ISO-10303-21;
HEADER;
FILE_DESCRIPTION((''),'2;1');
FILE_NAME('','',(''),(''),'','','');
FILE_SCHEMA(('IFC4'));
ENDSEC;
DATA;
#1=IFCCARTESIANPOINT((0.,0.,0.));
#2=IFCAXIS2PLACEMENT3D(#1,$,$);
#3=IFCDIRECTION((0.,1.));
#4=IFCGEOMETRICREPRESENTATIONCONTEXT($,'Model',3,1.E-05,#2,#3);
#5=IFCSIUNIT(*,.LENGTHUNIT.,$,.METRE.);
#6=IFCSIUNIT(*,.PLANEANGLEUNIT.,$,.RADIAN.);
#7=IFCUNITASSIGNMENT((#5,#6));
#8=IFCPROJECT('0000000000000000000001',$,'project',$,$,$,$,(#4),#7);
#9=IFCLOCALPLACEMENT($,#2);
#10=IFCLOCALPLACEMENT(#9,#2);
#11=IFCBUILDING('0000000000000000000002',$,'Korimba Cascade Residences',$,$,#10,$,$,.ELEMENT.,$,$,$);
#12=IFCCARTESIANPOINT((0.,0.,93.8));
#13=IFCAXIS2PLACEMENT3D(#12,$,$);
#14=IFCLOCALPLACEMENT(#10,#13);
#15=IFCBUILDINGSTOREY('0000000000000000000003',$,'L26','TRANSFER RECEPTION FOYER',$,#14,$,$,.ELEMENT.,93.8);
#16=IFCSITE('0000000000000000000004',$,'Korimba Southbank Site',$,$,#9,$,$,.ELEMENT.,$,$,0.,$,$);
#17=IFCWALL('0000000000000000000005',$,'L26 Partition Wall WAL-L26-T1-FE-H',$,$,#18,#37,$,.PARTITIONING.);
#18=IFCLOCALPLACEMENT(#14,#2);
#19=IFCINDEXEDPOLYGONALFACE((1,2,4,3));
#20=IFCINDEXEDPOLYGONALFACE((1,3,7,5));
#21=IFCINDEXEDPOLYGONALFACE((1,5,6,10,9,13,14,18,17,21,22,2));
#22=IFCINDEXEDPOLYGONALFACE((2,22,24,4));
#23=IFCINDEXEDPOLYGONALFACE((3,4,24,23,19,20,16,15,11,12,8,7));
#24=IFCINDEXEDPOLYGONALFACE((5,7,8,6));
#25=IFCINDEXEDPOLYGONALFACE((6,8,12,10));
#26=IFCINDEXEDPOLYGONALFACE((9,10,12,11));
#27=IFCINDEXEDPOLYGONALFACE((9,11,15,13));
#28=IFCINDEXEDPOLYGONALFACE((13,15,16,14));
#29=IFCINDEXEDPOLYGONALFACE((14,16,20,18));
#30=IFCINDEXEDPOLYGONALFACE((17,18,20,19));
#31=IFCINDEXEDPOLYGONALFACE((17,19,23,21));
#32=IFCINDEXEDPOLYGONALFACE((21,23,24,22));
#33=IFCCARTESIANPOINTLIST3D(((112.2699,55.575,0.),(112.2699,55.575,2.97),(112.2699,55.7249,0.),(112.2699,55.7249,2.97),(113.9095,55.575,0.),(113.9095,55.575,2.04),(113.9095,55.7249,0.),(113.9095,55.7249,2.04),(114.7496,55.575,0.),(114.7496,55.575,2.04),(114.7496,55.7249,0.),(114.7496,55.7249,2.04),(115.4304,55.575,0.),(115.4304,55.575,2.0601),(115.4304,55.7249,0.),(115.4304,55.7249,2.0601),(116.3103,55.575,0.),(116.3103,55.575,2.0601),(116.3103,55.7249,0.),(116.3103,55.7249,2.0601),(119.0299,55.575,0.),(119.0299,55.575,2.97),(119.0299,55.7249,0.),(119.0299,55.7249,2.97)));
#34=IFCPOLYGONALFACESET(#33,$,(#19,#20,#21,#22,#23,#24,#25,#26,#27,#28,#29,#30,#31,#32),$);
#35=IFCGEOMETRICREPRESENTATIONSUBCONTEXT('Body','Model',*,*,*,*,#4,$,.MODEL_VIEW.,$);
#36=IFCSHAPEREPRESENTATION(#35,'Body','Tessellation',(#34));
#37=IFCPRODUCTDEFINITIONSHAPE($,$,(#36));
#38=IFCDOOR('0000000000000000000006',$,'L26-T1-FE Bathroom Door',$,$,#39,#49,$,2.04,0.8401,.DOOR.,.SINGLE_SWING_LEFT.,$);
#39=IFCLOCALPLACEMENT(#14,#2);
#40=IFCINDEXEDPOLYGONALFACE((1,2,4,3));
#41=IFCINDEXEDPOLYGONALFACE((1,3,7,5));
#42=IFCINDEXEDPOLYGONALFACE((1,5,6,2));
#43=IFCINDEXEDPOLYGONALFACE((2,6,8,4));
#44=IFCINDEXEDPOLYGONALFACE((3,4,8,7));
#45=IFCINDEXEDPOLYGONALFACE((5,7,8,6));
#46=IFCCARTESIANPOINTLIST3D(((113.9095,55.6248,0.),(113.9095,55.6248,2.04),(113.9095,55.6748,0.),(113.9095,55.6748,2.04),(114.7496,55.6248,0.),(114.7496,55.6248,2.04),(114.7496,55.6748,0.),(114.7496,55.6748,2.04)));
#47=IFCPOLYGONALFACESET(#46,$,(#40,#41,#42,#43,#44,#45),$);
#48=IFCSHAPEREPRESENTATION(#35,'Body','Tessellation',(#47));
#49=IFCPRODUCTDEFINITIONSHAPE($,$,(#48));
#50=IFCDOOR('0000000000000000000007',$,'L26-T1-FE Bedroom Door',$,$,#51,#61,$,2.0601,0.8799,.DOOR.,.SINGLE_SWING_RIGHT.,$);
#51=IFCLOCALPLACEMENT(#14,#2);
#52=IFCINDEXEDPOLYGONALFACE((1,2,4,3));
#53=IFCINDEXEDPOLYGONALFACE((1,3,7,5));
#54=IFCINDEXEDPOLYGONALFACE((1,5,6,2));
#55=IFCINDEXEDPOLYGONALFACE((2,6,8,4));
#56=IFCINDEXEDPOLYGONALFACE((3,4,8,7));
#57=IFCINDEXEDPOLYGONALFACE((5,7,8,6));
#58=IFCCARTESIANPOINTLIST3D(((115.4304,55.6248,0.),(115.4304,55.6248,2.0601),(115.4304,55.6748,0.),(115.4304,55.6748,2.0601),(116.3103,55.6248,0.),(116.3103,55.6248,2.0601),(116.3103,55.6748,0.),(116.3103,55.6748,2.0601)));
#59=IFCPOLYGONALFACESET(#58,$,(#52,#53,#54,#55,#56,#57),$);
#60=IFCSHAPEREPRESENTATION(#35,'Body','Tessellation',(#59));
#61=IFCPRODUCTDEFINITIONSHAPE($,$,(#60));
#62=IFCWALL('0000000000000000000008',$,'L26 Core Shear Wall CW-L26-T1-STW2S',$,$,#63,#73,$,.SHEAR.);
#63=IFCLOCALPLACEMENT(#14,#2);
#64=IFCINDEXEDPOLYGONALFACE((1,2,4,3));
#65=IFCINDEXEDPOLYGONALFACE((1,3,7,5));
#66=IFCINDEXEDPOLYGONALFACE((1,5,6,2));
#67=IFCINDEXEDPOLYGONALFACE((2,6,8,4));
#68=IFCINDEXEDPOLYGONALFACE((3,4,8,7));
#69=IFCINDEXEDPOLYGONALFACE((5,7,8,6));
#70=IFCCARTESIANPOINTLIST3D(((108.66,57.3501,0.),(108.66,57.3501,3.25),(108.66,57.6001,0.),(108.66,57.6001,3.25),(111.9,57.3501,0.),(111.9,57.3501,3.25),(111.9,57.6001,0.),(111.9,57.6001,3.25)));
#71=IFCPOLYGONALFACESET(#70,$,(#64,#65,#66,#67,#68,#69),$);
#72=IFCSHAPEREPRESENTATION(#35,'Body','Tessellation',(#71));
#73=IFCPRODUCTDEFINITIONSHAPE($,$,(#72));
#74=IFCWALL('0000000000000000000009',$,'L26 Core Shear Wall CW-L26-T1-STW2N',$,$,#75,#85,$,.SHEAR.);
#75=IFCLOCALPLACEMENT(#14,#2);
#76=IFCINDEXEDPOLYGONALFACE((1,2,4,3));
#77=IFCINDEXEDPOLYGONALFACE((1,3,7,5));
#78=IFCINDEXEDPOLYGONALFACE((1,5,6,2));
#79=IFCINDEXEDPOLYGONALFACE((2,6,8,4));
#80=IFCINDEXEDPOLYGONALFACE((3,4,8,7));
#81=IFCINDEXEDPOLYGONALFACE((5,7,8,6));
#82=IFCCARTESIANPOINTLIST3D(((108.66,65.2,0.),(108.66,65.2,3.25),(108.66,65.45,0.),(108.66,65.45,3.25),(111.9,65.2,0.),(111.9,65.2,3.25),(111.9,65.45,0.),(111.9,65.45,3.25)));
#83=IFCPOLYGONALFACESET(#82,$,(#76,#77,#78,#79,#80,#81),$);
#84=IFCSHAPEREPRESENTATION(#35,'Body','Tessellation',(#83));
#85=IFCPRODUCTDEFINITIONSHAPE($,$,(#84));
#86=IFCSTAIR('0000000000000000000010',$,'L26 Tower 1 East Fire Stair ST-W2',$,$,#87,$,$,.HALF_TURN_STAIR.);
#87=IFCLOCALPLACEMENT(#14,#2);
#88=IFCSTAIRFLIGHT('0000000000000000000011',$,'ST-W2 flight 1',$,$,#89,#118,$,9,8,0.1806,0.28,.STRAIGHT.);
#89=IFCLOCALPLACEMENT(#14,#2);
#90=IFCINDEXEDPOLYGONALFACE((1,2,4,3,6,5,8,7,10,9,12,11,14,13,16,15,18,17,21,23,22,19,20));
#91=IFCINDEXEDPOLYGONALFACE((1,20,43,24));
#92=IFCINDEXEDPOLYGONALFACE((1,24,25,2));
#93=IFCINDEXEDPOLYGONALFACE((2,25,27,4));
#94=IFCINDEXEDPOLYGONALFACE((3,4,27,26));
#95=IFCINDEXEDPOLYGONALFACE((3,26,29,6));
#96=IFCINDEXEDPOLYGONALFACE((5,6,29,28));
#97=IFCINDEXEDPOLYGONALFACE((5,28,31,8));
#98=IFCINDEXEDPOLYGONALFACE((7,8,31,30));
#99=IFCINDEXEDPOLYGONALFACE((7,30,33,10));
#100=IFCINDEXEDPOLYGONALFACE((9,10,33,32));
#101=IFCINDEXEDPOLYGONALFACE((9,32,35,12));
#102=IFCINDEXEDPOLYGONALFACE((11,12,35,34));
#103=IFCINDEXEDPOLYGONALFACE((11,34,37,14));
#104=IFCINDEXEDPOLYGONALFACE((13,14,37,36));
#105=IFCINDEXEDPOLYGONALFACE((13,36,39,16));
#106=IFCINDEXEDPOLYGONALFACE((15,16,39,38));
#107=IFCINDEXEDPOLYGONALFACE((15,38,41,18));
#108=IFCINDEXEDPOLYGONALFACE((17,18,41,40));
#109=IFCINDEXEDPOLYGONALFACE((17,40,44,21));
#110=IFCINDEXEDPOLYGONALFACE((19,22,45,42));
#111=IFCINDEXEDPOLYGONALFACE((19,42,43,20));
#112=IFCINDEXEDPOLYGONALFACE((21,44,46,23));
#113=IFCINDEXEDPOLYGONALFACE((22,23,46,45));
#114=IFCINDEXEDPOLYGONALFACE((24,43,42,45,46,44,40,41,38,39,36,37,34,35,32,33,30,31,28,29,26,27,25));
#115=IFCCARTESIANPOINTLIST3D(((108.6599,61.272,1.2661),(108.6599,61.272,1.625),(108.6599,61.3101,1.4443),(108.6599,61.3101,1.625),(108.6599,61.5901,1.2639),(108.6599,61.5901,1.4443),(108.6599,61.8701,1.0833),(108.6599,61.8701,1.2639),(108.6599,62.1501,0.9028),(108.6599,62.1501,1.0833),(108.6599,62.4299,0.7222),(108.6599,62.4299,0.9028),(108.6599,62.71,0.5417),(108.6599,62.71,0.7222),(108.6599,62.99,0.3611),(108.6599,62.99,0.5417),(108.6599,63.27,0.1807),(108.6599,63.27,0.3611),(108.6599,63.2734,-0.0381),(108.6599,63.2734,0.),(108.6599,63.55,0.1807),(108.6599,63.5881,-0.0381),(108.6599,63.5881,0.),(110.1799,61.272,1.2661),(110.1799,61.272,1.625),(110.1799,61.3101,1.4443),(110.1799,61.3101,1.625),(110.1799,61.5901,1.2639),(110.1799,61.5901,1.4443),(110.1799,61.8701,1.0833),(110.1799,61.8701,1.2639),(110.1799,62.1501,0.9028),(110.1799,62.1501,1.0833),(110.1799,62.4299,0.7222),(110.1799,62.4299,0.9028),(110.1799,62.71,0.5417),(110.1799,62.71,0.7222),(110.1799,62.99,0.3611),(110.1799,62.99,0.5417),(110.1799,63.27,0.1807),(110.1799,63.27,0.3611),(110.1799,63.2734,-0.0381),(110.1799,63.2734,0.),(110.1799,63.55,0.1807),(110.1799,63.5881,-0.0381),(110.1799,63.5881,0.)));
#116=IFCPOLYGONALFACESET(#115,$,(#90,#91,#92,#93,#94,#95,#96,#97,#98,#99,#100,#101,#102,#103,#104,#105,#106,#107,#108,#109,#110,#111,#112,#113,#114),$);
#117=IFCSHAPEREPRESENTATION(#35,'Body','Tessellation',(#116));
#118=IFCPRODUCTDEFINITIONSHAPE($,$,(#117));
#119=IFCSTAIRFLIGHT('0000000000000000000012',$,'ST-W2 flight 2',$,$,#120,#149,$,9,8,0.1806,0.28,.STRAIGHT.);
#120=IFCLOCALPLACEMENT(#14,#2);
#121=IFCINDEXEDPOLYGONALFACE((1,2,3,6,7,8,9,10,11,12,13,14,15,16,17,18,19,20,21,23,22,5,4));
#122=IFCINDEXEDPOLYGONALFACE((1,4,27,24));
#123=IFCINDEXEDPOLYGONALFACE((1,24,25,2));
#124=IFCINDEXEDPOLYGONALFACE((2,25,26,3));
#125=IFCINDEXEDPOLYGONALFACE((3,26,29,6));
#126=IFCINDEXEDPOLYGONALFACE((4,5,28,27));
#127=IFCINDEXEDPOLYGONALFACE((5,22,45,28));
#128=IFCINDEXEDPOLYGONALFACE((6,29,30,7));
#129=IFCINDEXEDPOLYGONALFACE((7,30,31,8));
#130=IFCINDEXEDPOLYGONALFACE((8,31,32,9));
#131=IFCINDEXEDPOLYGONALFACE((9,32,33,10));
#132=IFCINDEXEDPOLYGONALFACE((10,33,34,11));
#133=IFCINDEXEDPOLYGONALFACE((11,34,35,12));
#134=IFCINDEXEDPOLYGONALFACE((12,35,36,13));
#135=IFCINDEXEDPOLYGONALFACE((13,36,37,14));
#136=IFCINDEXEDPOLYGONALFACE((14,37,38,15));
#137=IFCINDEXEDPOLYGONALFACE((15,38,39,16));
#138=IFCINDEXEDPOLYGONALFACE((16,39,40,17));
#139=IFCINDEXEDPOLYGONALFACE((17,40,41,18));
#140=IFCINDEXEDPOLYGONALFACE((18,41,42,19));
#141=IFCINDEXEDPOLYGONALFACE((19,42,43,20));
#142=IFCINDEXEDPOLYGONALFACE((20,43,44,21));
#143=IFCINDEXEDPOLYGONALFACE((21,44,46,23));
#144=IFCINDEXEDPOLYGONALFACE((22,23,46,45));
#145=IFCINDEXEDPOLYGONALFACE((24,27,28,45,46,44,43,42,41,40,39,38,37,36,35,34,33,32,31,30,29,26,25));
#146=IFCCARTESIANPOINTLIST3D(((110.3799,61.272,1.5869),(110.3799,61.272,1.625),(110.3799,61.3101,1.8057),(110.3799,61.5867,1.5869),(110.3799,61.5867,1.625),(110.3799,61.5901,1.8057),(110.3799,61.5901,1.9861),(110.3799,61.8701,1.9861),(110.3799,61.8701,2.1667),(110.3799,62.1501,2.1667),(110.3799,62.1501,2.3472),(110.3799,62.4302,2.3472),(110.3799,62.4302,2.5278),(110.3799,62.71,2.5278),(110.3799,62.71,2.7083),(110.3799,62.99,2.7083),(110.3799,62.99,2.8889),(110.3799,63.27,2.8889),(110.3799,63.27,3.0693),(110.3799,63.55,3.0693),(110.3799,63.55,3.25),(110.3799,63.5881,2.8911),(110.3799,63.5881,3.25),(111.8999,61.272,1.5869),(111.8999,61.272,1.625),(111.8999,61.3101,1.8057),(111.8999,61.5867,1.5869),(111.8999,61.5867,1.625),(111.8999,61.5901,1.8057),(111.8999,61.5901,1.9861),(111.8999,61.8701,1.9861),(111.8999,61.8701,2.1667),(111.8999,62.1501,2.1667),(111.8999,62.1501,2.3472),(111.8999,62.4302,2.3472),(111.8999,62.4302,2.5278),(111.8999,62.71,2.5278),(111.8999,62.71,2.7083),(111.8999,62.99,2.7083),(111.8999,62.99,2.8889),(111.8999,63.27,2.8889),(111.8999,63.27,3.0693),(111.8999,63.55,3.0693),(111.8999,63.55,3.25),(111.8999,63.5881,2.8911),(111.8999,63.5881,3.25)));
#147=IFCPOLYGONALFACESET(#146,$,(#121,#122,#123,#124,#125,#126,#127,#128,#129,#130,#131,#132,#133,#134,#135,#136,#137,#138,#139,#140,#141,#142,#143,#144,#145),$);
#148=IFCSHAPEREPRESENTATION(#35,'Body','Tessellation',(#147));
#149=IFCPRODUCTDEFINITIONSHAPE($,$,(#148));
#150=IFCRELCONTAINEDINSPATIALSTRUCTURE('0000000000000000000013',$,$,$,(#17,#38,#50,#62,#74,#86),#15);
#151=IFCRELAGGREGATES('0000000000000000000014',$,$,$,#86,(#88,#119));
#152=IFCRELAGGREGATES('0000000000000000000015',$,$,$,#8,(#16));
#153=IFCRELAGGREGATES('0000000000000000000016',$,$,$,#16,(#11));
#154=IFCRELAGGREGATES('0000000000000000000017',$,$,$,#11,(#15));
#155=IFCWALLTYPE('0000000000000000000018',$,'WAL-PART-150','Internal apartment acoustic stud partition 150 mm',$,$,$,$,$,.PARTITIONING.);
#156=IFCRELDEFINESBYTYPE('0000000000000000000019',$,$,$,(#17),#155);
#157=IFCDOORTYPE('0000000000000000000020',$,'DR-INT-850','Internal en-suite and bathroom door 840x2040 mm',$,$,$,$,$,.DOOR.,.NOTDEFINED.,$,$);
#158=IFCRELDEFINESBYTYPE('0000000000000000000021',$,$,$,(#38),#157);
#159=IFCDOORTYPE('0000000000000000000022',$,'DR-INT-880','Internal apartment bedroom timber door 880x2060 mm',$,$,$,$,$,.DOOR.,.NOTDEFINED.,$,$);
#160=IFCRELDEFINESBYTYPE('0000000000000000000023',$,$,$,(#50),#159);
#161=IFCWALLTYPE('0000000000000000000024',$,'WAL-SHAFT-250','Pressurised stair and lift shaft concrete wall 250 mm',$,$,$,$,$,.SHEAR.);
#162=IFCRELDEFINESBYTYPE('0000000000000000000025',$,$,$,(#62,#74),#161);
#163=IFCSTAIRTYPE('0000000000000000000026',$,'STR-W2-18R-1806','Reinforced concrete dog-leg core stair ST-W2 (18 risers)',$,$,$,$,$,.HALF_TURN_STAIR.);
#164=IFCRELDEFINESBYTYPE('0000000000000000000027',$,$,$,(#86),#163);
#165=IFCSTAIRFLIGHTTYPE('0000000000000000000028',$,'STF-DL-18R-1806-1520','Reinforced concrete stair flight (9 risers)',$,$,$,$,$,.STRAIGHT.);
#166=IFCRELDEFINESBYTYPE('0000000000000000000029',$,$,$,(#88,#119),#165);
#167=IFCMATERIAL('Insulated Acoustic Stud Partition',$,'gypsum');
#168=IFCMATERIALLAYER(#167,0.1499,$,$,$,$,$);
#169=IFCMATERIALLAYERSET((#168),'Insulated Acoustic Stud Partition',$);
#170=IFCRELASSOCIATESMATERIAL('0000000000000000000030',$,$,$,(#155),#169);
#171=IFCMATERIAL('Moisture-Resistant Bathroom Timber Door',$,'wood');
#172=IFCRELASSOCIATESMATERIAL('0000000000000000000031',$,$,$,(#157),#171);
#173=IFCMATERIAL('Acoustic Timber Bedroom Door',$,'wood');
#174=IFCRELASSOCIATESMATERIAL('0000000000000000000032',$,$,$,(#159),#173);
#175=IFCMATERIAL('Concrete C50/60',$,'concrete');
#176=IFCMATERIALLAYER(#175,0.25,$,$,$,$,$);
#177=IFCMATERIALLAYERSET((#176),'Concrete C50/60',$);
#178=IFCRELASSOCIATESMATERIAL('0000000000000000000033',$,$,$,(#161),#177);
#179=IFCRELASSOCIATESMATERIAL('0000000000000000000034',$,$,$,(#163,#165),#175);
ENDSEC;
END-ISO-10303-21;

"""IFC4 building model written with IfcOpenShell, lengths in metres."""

from ifc_helpers import new_model, si_unit, direction, frame, frame_2d, origin, place, context, subcontext, project, spatial, polyline, rectangle, outline, extrude, material, layer, layer_set, type_object, element, fill, aggregate, save


model = new_model("IFC4")

# Units and contexts
model_context = context("Model", 3, precision=1e-05, world=origin(), true_north=direction((0.0, 1.0)))
body_context = subcontext(model_context, "Body", "Model", "MODEL_VIEW")
ifc_project = project(units=[si_unit("LENGTHUNIT", "METRE"), si_unit("PLANEANGLEUNIT", "RADIAN")], contexts=[model_context])

# Site, building, storey
site_placement = place(None, origin())
site = spatial("IfcSite", under=ifc_project, at=site_placement, Name="Korimba Southbank Site", CompositionType="ELEMENT", RefElevation=0.0)
building_placement = place(site_placement, origin())
building = spatial("IfcBuilding", under=site, at=building_placement, Name="Korimba Cascade Residences", CompositionType="ELEMENT")
storey_placement = place(building_placement, frame((0.0, 0.0, 93.8)))
storey = spatial("IfcBuildingStorey", under=building, at=storey_placement, Name="L26", Description="TRANSFER RECEPTION FOYER", CompositionType="ELEMENT", Elevation=93.8)

# Wall, openings, doors
ifc_material_1 = material(Name="Insulated Acoustic Stud Partition", Category="gypsum")
ifc_layer_1 = layer(ifc_material_1, 0.1499)
ifc_layer_set_1 = layer_set([ifc_layer_1], Name="Insulated Acoustic Stud Partition")
wall_type_1 = type_object("IfcWallType", Name="WAL-PART-150", Description="Internal apartment acoustic stud partition 150 mm", PredefinedType="PARTITIONING", material=ifc_layer_set_1)
wall_1_placement = place(storey_placement, frame((112.27, 55.6499, 0.0), z_axis=(0.0, 0.0, 1.0), x_axis=(1.0, 0.0, 0.0)))
wall_1 = element("IfcWall", 1, at=wall_1_placement, inside=storey, type_object=wall_type_1, Name="L26 Partition Wall WAL-L26-T1-FE-H", PredefinedType="PARTITIONING", context=body_context, shape_type="SweptSolid", body=[
    extrude(rectangle(XDim=6.76, YDim=0.1499, at=frame_2d((3.3799, 0.0))), origin(), (0.0, 0.0, 1.0), 2.97),
])
opening_1_placement = place(wall_1_placement, frame((1.6396, 0.0, 0.0)))
opening_1 = element("IfcOpeningElement", 2, at=opening_1_placement, cuts=wall_1, PredefinedType="OPENING", context=body_context, shape_type="SweptSolid", body=[
    extrude(rectangle(XDim=0.8401, YDim=2.04, at=frame_2d((0.4199, 1.02))), frame((0.0, 0.085, 0.0), z_axis=(0.0, -1.0, 0.0), x_axis=(1.0, 0.0, 0.0)), (0.0, 0.0, 1.0), 0.1699),
])
opening_2_placement = place(wall_1_placement, frame((3.1604, 0.0, 0.0)))
opening_2 = element("IfcOpeningElement", 3, at=opening_2_placement, cuts=wall_1, PredefinedType="OPENING", context=body_context, shape_type="SweptSolid", body=[
    extrude(rectangle(XDim=0.8799, YDim=2.0601, at=frame_2d((0.4399, 1.03))), frame((0.0, 0.085, 0.0), z_axis=(0.0, -1.0, 0.0), x_axis=(1.0, 0.0, 0.0)), (0.0, 0.0, 1.0), 0.1699),
])
ifc_material_2 = material(Name="Moisture-Resistant Bathroom Timber Door", Category="wood")
door_type_1 = type_object("IfcDoorType", Name="DR-INT-850", Description="Internal en-suite and bathroom door 840x2040 mm", OperationType="NOTDEFINED", PredefinedType="DOOR", material=ifc_material_2)
door_1_placement = place(opening_1_placement, origin())
door_1 = element("IfcDoor", 4, at=door_1_placement, inside=storey, type_object=door_type_1, Name="L26-T1-FE Bathroom Door", OperationType="SINGLE_SWING_LEFT", OverallHeight=2.04, OverallWidth=0.8401, PredefinedType="DOOR", context=body_context, shape_type="SweptSolid", body=[
    extrude(rectangle(XDim=0.8401, YDim=2.04, at=frame_2d((0.4199, 1.02))), frame((0.0, 0.0249, 0.0), z_axis=(0.0, -1.0, 0.0), x_axis=(1.0, 0.0, 0.0)), (0.0, 0.0, 1.0), 0.05),
])
fill(opening_1, door_1)
ifc_material_3 = material(Name="Acoustic Timber Bedroom Door", Category="wood")
door_type_2 = type_object("IfcDoorType", Name="DR-INT-880", Description="Internal apartment bedroom timber door 880x2060 mm", OperationType="NOTDEFINED", PredefinedType="DOOR", material=ifc_material_3)
door_2_placement = place(opening_2_placement, origin())
door_2 = element("IfcDoor", 5, at=door_2_placement, inside=storey, type_object=door_type_2, Name="L26-T1-FE Bedroom Door", OperationType="SINGLE_SWING_RIGHT", OverallHeight=2.0601, OverallWidth=0.8799, PredefinedType="DOOR", context=body_context, shape_type="SweptSolid", body=[
    extrude(rectangle(XDim=0.8799, YDim=2.0601, at=frame_2d((0.4399, 1.03))), frame((0.0, 0.0249, 0.0), z_axis=(0.0, -1.0, 0.0), x_axis=(1.0, 0.0, 0.0)), (0.0, 0.0, 1.0), 0.05),
])
fill(opening_2, door_2)

# Walls
ifc_material_4 = material(Name="Concrete C50/60", Category="concrete")
ifc_layer_2 = layer(ifc_material_4, 0.25)
ifc_layer_set_2 = layer_set([ifc_layer_2], Name="Concrete C50/60")
wall_type_2 = type_object("IfcWallType", Name="WAL-SHAFT-250", Description="Pressurised stair and lift shaft concrete wall 250 mm", PredefinedType="SHEAR", material=ifc_layer_set_2)
for number, where, z_axis, x_axis, name in (
    (6, (108.6599, 57.4751, 0.0), (0.0, 0.0, 1.0), (1.0, 0.0, 0.0), "L26 Core Shear Wall CW-L26-T1-STW2S"),
    (7, (108.6599, 65.325, 0.0), (0.0, 0.0, 1.0), (1.0, 0.0, 0.0), "L26 Core Shear Wall CW-L26-T1-STW2N"),
):
    element("IfcWall", number, at=place(storey_placement, frame(where, z_axis=z_axis, x_axis=x_axis)), inside=storey, type_object=wall_type_2, Name=name, PredefinedType="SHEAR", context=body_context, shape_type="SweptSolid", body=[
        extrude(rectangle(XDim=3.24, YDim=0.25, at=frame_2d((1.6201, 0.0))), origin(), (0.0, 0.0, 1.0), 3.25),
    ])

# Stair, stair flights
stair_type = type_object("IfcStairType", Name="STR-W2-18R-1806", Description="Reinforced concrete dog-leg core stair ST-W2 (18 risers)", PredefinedType="HALF_TURN_STAIR", material=ifc_material_4)
stair_placement = place(storey_placement, origin())
stair = element("IfcStair", 8, at=stair_placement, inside=storey, type_object=stair_type, Name="L26 Tower 1 East Fire Stair ST-W2", PredefinedType="HALF_TURN_STAIR")
stair_flight_type = type_object("IfcStairFlightType", Name="STF-DL-18R-1806-1520", Description="Reinforced concrete stair flight (9 risers)", PredefinedType="STRAIGHT", material=ifc_material_4)
stair_flight_1_placement = place(storey_placement, frame((109.4199, 63.55, 0.0), z_axis=(0.0, 0.0, 1.0), x_axis=(0.0, -1.0, 0.0)))
stair_flight_1 = element("IfcStairFlight", 9, at=stair_flight_1_placement, type_object=stair_flight_type, Name="ST-W2 flight 1", NumberOfRisers=9, NumberOfTreads=8, PredefinedType="STRAIGHT", RiserHeight=0.1806, TreadLength=0.28, context=body_context, shape_type="SweptSolid", body=[
    extrude(outline(polyline([(-0.0381, 0.0), (0.0, 0.1807), (0.28, 0.1807), (0.28, 0.3611), (0.5601, 0.3611), (0.5601, 0.5417), (0.8401, 0.5417), (0.8401, 0.7222), (1.1201, 0.7222), (1.1201, 0.9028), (1.3999, 0.9028), (1.3999, 1.0833), (1.6799, 1.0833), (1.6799, 1.2639), (1.96, 1.2639), (1.96, 1.4443), (2.24, 1.4443), (2.24, 1.625), (2.2781, 1.625), (2.2781, 1.2661), (0.2766, 0.0), (0.2766, -0.0381), (-0.0381, -0.0381), (-0.0381, 0.0)])), frame((0.0, 0.76, 0.0), z_axis=(0.0, -1.0, 0.0), x_axis=(1.0, 0.0, 0.0)), (0.0, 0.0, 1.0), 1.52),
])
stair_flight_2_placement = place(storey_placement, frame((111.1399, 61.3101, 1.625), z_axis=(0.0, 0.0, 1.0), x_axis=(0.0, 1.0, 0.0)))
stair_flight_2 = element("IfcStairFlight", 10, at=stair_flight_2_placement, type_object=stair_flight_type, Name="ST-W2 flight 2", NumberOfRisers=9, NumberOfTreads=8, PredefinedType="STRAIGHT", RiserHeight=0.1806, TreadLength=0.28, context=body_context, shape_type="SweptSolid", body=[
    extrude(outline(polyline([(-0.0381, 0.0), (0.0, 0.1807), (0.28, 0.1807), (0.28, 0.3611), (0.5601, 0.3611), (0.5601, 0.5417), (0.8401, 0.5417), (0.8401, 0.7222), (1.1201, 0.7222), (1.1201, 0.9028), (1.3999, 0.9028), (1.3999, 1.0833), (1.6799, 1.0833), (1.6799, 1.2639), (1.96, 1.2639), (1.96, 1.4443), (2.24, 1.4443), (2.24, 1.625), (2.2781, 1.625), (2.2781, 1.2661), (0.2766, 0.0), (0.2766, -0.0381), (-0.0381, -0.0381), (-0.0381, 0.0)])), frame((0.0, 0.76, 0.0), z_axis=(0.0, -1.0, 0.0), x_axis=(1.0, 0.0, 0.0)), (0.0, 0.0, 1.0), 1.52),
])
aggregate(stair, [stair_flight_1, stair_flight_2])

save(model, "model.ifc")
